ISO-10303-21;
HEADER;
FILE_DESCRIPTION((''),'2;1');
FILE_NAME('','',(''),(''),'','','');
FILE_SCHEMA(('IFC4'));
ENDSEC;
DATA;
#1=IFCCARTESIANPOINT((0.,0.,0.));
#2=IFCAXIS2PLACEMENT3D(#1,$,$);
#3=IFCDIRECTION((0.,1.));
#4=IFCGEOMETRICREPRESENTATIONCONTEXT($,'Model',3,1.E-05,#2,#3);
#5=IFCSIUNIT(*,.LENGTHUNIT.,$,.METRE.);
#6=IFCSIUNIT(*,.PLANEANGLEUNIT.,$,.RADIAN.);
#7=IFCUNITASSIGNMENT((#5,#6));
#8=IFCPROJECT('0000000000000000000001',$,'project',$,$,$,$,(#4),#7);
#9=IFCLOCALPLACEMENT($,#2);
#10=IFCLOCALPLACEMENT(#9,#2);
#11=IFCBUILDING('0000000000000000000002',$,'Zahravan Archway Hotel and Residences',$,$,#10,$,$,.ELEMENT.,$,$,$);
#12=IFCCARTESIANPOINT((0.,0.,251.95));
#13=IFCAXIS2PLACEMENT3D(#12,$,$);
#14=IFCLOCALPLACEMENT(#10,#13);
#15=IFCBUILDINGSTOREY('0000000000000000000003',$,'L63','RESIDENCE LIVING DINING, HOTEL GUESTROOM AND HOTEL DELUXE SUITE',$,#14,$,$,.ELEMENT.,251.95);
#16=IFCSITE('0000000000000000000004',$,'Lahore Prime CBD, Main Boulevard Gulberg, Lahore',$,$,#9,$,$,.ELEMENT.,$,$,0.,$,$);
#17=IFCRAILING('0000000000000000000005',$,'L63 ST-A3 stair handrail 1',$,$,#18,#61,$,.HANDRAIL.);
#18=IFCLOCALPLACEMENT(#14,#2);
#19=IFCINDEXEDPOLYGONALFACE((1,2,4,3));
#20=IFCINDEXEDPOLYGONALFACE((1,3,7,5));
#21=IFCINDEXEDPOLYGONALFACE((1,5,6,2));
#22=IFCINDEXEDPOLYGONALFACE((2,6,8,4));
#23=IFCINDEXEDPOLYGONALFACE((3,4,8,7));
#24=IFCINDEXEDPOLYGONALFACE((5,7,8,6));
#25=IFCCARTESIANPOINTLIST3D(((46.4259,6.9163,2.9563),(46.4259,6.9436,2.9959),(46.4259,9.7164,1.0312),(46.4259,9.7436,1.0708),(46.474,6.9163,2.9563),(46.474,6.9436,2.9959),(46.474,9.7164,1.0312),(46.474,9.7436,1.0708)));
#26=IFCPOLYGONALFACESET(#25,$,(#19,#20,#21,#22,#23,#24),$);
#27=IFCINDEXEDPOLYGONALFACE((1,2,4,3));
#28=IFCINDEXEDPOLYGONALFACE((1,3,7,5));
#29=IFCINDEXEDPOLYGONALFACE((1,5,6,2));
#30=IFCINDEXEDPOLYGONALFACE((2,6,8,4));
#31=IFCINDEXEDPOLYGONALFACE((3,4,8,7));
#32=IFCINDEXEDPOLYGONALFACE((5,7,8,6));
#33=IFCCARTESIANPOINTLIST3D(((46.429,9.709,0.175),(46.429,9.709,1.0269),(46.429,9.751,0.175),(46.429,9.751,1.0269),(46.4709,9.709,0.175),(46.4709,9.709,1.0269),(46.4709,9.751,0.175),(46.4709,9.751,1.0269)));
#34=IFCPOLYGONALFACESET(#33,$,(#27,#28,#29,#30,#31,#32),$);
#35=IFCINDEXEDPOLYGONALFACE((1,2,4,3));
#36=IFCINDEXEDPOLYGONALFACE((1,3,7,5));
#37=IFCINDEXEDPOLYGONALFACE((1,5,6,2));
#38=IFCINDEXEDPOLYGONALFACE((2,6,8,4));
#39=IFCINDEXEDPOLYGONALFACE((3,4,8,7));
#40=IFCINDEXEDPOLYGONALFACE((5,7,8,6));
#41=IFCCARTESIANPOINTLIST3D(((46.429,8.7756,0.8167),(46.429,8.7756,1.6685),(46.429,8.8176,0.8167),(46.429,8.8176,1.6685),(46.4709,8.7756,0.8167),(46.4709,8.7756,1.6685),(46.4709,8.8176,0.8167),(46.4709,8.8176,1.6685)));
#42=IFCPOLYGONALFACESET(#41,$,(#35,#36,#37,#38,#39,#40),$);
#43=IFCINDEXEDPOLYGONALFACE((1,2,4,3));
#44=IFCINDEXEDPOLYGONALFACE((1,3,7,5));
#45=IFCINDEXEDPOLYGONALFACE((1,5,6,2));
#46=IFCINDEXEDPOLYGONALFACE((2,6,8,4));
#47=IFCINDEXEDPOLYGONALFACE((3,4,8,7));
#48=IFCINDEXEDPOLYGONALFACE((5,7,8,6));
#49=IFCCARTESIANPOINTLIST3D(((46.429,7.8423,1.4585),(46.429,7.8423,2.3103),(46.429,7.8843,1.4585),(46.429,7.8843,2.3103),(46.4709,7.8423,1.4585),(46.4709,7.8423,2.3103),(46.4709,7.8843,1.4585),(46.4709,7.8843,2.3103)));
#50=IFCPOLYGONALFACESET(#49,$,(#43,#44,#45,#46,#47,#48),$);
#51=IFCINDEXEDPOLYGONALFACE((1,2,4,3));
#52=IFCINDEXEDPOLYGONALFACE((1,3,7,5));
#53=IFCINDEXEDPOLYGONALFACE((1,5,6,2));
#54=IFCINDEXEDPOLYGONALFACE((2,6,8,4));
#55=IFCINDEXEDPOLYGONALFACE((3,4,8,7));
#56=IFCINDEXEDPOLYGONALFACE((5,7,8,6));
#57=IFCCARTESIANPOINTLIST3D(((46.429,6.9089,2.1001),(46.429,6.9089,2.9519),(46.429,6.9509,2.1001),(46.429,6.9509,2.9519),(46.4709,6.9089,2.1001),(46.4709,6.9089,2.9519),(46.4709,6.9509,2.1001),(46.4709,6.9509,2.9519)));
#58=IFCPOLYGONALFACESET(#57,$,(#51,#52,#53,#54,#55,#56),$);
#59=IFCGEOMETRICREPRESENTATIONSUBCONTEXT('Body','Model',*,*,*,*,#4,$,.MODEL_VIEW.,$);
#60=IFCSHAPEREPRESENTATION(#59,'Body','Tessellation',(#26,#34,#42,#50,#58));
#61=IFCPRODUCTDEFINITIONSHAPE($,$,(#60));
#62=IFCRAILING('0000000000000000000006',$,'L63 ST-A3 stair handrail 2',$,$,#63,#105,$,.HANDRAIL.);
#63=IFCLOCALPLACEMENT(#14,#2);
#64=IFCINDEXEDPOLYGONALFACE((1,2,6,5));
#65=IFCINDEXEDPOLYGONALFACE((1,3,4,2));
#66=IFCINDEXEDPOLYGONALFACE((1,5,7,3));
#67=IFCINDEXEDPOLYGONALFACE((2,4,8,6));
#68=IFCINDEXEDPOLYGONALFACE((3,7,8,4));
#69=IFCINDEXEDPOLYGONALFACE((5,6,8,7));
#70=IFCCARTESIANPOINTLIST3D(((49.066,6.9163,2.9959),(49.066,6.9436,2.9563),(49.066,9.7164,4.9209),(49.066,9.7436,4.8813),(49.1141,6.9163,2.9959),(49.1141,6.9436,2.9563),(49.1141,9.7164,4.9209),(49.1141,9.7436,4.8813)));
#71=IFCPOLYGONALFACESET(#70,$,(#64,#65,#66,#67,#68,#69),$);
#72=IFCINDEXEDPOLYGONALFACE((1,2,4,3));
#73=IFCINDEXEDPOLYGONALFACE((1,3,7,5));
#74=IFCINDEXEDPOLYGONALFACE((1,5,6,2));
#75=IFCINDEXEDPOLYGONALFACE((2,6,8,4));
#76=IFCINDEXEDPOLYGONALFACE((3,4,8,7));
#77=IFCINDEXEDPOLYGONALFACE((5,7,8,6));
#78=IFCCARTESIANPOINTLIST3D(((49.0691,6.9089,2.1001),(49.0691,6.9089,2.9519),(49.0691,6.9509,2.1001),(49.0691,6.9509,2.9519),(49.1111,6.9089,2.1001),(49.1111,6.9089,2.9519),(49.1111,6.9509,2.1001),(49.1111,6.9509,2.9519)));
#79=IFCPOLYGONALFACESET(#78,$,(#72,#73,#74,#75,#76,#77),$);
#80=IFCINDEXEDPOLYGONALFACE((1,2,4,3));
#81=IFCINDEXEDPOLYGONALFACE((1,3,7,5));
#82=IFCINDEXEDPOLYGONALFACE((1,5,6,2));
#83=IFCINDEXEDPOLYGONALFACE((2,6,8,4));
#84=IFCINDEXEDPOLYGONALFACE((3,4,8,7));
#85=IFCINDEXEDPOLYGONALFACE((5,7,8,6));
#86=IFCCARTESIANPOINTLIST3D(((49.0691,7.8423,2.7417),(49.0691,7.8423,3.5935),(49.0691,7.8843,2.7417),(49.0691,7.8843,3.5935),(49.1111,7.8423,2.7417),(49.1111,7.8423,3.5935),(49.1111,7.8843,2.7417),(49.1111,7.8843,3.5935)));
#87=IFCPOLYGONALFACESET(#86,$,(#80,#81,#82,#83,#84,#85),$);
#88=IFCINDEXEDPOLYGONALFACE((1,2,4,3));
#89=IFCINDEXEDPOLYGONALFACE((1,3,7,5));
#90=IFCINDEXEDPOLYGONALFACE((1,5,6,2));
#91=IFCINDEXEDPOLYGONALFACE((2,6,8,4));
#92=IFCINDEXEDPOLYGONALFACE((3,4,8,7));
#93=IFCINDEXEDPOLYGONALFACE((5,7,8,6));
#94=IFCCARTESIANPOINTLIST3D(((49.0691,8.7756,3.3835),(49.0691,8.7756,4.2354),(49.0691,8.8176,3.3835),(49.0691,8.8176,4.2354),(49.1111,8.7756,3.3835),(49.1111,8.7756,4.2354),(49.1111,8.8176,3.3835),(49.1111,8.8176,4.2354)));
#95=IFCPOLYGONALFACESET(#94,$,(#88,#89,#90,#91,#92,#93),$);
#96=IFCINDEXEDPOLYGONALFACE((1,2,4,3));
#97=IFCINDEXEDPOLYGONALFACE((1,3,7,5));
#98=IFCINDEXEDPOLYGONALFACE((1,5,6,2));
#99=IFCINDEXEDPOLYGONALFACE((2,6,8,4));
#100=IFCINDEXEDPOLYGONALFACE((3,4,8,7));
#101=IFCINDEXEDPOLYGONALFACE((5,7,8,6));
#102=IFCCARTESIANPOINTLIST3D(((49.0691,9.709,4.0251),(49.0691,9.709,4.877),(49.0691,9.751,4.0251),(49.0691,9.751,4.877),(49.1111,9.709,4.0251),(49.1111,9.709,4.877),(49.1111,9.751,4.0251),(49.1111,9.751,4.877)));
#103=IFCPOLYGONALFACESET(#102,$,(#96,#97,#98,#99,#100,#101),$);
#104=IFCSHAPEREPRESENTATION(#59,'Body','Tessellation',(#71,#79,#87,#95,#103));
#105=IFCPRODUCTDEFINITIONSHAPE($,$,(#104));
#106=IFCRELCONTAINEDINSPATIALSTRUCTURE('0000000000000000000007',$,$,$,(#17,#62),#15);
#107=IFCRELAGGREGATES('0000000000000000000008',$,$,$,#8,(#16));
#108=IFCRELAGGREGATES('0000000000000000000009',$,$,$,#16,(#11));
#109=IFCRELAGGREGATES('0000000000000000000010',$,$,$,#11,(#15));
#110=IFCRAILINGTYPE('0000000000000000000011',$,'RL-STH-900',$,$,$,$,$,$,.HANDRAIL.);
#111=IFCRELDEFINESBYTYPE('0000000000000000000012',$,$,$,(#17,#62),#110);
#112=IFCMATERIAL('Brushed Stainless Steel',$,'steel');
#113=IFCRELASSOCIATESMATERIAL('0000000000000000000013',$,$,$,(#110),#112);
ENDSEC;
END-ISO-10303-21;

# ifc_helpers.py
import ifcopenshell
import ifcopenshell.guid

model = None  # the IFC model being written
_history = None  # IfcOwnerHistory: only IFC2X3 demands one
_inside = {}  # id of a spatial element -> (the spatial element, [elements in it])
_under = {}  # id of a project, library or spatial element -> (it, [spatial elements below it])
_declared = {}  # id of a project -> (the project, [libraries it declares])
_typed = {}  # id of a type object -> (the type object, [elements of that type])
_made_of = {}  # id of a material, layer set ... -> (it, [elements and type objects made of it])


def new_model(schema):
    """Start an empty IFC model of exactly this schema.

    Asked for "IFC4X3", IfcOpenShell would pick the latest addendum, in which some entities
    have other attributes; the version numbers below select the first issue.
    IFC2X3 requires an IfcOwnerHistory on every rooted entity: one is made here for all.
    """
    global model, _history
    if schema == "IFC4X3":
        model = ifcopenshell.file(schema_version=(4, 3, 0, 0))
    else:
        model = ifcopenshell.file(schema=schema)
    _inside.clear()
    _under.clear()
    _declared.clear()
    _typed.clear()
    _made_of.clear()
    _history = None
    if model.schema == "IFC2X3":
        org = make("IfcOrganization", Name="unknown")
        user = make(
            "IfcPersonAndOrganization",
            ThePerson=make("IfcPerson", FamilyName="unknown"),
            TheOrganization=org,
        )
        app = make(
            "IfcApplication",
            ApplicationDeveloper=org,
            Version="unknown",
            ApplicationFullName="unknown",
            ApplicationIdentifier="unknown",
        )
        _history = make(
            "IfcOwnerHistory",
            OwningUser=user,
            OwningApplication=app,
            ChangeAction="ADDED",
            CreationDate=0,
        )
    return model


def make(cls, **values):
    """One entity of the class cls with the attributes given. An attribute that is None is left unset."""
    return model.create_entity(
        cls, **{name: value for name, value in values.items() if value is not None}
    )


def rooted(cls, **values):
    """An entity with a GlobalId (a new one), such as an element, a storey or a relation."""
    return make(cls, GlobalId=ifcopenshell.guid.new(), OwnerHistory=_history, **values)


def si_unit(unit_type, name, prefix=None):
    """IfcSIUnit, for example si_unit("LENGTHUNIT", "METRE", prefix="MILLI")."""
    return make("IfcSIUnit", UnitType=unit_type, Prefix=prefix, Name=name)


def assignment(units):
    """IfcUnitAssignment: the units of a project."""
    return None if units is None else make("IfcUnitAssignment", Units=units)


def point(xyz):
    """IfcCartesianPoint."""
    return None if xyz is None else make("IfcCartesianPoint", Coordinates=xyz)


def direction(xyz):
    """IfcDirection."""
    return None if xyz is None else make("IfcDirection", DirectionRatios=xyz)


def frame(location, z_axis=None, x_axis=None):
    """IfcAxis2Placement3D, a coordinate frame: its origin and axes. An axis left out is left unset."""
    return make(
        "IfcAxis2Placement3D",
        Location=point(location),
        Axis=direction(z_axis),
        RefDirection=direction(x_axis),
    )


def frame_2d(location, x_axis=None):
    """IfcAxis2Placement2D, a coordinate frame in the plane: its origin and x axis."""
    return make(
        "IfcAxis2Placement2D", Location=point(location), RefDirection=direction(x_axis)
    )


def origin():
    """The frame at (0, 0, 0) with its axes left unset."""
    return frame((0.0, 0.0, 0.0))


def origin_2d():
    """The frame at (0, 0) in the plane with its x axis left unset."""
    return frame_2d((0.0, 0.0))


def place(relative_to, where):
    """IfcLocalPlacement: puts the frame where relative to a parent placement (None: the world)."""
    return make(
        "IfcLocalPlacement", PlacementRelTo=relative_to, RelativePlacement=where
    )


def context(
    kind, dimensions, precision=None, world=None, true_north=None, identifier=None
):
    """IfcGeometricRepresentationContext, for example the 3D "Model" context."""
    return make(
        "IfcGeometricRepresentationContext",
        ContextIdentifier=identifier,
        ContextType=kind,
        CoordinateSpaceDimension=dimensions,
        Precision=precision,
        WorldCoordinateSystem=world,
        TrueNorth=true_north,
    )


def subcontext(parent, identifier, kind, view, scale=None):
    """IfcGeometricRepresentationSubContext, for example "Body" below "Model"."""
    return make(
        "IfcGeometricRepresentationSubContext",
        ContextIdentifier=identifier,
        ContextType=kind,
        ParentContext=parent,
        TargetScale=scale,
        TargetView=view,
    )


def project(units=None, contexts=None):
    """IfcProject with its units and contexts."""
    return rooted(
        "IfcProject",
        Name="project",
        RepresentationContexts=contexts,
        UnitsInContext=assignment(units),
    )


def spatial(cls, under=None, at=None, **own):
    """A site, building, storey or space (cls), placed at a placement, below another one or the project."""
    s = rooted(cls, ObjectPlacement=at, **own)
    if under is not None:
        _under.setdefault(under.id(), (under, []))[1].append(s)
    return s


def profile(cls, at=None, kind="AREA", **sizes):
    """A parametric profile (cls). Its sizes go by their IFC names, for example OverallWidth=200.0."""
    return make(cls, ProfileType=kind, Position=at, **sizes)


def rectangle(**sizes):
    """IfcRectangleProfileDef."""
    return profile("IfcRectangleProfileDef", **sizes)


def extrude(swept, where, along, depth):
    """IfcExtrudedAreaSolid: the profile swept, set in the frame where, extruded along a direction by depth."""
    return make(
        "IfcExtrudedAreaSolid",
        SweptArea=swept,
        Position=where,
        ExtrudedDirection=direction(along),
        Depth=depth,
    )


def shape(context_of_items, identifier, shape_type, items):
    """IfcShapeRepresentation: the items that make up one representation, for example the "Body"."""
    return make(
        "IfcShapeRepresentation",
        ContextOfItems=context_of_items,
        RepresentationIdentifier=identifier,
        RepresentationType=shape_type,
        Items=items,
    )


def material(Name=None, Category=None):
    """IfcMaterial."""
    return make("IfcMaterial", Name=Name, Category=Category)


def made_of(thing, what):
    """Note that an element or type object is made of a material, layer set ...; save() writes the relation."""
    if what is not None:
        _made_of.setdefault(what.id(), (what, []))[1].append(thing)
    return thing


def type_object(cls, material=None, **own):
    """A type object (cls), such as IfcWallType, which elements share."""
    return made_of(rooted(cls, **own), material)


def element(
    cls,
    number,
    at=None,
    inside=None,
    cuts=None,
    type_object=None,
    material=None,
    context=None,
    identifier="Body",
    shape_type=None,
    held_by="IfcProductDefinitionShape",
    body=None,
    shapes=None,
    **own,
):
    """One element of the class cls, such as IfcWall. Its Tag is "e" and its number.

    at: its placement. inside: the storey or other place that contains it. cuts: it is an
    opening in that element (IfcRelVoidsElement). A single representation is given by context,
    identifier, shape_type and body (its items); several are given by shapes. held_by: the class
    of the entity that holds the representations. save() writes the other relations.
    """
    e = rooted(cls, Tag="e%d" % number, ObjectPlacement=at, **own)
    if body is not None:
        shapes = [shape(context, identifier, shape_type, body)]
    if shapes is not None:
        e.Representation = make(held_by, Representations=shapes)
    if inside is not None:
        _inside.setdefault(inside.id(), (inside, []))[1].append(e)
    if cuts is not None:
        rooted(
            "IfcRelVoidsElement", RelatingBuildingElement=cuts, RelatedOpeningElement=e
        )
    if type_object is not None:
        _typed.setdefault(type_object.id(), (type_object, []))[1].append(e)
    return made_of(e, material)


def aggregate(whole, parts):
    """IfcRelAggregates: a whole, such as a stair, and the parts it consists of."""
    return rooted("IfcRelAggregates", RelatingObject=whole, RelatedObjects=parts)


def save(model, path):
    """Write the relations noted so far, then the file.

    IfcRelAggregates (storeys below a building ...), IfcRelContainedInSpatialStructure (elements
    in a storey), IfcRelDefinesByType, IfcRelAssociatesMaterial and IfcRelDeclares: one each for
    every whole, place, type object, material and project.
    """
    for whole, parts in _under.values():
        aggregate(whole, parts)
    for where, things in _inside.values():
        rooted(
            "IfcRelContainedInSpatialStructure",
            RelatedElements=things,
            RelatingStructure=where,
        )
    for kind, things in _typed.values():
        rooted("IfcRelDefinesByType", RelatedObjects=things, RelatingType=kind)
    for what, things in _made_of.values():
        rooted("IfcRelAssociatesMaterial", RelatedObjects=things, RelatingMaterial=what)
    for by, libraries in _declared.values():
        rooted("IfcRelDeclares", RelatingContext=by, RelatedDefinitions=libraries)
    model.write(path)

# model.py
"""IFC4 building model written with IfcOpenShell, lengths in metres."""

from ifc_helpers import new_model, si_unit, direction, frame, origin, origin_2d, place, context, subcontext, project, spatial, rectangle, extrude, material, type_object, element, save


model = new_model("IFC4")

# Units and contexts
model_context = context("Model", 3, precision=1e-05, world=origin(), true_north=direction((0.0, 1.0)))
body_context = subcontext(model_context, "Body", "Model", "MODEL_VIEW")
ifc_project = project(units=[si_unit("LENGTHUNIT", "METRE"), si_unit("PLANEANGLEUNIT", "RADIAN")], contexts=[model_context])

# Site, building, storey
site_placement = place(None, origin())
site = spatial("IfcSite", under=ifc_project, at=site_placement, Name="Lahore Prime CBD, Main Boulevard Gulberg, Lahore", CompositionType="ELEMENT", RefElevation=0.0)
building_placement = place(site_placement, origin())
building = spatial("IfcBuilding", under=site, at=building_placement, Name="Zahravan Archway Hotel and Residences", CompositionType="ELEMENT")
storey_placement = place(building_placement, frame((0.0, 0.0, 251.95)))
storey = spatial("IfcBuildingStorey", under=building, at=storey_placement, Name="L63", Description="RESIDENCE LIVING DINING, HOTEL GUESTROOM AND HOTEL DELUXE SUITE", CompositionType="ELEMENT", Elevation=251.95)

# Railings
ifc_material_1 = material(Name="Brushed Stainless Steel", Category="steel")
railing_type_1 = type_object("IfcRailingType", Name="RL-STH-900", PredefinedType="HANDRAIL", material=ifc_material_1)
for number, where, name in (
    (1, (46.45, 9.73, 0.175), "L63 ST-A3 stair handrail 1"),
):
    element("IfcRailing", number, at=place(storey_placement, frame(where)), inside=storey, type_object=railing_type_1, Name=name, PredefinedType="HANDRAIL", context=body_context, shape_type="SweptSolid", body=[
        extrude(rectangle(XDim=0.0481, YDim=0.0481, at=origin_2d()), frame((0.0, 0.0, 0.876), z_axis=(0.0, -0.82404, 0.566532), x_axis=(1.0, 0.0, 0.0)), (0.0, 0.0, 1.0), 3.3979),
        extrude(rectangle(XDim=0.042, YDim=0.042, at=origin_2d()), origin(), (0.0, 0.0, 1.0), 0.8518),
        extrude(rectangle(XDim=0.042, YDim=0.042, at=origin_2d()), frame((0.0, -0.9333, 0.6416)), (0.0, 0.0, 1.0), 0.8518),
        extrude(rectangle(XDim=0.042, YDim=0.042, at=origin_2d()), frame((0.0, -1.8667, 1.2834)), (0.0, 0.0, 1.0), 0.8518),
        extrude(rectangle(XDim=0.042, YDim=0.042, at=origin_2d()), frame((0.0, -2.8, 1.925)), (0.0, 0.0, 1.0), 0.8518),
    ])
railing_1_placement = place(storey_placement, frame((49.0901, 6.9299, 2.1001)))
element("IfcRailing", 2, at=railing_1_placement, inside=storey, type_object=railing_type_1, Name="L63 ST-A3 stair handrail 2", PredefinedType="HANDRAIL", context=body_context, shape_type="SweptSolid", body=[
    extrude(rectangle(XDim=0.0481, YDim=0.0481, at=origin_2d()), frame((0.0, 0.0, 0.876), z_axis=(0.0, 0.82404, 0.566532), x_axis=(-1.0, 0.0, 0.0)), (0.0, 0.0, 1.0), 3.3979),
    extrude(rectangle(XDim=0.042, YDim=0.042, at=origin_2d()), origin(), (0.0, 0.0, 1.0), 0.8518),
    extrude(rectangle(XDim=0.042, YDim=0.042, at=origin_2d()), frame((0.0, 0.9333, 0.6416)), (0.0, 0.0, 1.0), 0.8518),
    extrude(rectangle(XDim=0.042, YDim=0.042, at=origin_2d()), frame((0.0, 1.8667, 1.2834)), (0.0, 0.0, 1.0), 0.8518),
    extrude(rectangle(XDim=0.042, YDim=0.042, at=origin_2d()), frame((0.0, 2.8, 1.925)), (0.0, 0.0, 1.0), 0.8518),
])

save(model, "model.ifc")
